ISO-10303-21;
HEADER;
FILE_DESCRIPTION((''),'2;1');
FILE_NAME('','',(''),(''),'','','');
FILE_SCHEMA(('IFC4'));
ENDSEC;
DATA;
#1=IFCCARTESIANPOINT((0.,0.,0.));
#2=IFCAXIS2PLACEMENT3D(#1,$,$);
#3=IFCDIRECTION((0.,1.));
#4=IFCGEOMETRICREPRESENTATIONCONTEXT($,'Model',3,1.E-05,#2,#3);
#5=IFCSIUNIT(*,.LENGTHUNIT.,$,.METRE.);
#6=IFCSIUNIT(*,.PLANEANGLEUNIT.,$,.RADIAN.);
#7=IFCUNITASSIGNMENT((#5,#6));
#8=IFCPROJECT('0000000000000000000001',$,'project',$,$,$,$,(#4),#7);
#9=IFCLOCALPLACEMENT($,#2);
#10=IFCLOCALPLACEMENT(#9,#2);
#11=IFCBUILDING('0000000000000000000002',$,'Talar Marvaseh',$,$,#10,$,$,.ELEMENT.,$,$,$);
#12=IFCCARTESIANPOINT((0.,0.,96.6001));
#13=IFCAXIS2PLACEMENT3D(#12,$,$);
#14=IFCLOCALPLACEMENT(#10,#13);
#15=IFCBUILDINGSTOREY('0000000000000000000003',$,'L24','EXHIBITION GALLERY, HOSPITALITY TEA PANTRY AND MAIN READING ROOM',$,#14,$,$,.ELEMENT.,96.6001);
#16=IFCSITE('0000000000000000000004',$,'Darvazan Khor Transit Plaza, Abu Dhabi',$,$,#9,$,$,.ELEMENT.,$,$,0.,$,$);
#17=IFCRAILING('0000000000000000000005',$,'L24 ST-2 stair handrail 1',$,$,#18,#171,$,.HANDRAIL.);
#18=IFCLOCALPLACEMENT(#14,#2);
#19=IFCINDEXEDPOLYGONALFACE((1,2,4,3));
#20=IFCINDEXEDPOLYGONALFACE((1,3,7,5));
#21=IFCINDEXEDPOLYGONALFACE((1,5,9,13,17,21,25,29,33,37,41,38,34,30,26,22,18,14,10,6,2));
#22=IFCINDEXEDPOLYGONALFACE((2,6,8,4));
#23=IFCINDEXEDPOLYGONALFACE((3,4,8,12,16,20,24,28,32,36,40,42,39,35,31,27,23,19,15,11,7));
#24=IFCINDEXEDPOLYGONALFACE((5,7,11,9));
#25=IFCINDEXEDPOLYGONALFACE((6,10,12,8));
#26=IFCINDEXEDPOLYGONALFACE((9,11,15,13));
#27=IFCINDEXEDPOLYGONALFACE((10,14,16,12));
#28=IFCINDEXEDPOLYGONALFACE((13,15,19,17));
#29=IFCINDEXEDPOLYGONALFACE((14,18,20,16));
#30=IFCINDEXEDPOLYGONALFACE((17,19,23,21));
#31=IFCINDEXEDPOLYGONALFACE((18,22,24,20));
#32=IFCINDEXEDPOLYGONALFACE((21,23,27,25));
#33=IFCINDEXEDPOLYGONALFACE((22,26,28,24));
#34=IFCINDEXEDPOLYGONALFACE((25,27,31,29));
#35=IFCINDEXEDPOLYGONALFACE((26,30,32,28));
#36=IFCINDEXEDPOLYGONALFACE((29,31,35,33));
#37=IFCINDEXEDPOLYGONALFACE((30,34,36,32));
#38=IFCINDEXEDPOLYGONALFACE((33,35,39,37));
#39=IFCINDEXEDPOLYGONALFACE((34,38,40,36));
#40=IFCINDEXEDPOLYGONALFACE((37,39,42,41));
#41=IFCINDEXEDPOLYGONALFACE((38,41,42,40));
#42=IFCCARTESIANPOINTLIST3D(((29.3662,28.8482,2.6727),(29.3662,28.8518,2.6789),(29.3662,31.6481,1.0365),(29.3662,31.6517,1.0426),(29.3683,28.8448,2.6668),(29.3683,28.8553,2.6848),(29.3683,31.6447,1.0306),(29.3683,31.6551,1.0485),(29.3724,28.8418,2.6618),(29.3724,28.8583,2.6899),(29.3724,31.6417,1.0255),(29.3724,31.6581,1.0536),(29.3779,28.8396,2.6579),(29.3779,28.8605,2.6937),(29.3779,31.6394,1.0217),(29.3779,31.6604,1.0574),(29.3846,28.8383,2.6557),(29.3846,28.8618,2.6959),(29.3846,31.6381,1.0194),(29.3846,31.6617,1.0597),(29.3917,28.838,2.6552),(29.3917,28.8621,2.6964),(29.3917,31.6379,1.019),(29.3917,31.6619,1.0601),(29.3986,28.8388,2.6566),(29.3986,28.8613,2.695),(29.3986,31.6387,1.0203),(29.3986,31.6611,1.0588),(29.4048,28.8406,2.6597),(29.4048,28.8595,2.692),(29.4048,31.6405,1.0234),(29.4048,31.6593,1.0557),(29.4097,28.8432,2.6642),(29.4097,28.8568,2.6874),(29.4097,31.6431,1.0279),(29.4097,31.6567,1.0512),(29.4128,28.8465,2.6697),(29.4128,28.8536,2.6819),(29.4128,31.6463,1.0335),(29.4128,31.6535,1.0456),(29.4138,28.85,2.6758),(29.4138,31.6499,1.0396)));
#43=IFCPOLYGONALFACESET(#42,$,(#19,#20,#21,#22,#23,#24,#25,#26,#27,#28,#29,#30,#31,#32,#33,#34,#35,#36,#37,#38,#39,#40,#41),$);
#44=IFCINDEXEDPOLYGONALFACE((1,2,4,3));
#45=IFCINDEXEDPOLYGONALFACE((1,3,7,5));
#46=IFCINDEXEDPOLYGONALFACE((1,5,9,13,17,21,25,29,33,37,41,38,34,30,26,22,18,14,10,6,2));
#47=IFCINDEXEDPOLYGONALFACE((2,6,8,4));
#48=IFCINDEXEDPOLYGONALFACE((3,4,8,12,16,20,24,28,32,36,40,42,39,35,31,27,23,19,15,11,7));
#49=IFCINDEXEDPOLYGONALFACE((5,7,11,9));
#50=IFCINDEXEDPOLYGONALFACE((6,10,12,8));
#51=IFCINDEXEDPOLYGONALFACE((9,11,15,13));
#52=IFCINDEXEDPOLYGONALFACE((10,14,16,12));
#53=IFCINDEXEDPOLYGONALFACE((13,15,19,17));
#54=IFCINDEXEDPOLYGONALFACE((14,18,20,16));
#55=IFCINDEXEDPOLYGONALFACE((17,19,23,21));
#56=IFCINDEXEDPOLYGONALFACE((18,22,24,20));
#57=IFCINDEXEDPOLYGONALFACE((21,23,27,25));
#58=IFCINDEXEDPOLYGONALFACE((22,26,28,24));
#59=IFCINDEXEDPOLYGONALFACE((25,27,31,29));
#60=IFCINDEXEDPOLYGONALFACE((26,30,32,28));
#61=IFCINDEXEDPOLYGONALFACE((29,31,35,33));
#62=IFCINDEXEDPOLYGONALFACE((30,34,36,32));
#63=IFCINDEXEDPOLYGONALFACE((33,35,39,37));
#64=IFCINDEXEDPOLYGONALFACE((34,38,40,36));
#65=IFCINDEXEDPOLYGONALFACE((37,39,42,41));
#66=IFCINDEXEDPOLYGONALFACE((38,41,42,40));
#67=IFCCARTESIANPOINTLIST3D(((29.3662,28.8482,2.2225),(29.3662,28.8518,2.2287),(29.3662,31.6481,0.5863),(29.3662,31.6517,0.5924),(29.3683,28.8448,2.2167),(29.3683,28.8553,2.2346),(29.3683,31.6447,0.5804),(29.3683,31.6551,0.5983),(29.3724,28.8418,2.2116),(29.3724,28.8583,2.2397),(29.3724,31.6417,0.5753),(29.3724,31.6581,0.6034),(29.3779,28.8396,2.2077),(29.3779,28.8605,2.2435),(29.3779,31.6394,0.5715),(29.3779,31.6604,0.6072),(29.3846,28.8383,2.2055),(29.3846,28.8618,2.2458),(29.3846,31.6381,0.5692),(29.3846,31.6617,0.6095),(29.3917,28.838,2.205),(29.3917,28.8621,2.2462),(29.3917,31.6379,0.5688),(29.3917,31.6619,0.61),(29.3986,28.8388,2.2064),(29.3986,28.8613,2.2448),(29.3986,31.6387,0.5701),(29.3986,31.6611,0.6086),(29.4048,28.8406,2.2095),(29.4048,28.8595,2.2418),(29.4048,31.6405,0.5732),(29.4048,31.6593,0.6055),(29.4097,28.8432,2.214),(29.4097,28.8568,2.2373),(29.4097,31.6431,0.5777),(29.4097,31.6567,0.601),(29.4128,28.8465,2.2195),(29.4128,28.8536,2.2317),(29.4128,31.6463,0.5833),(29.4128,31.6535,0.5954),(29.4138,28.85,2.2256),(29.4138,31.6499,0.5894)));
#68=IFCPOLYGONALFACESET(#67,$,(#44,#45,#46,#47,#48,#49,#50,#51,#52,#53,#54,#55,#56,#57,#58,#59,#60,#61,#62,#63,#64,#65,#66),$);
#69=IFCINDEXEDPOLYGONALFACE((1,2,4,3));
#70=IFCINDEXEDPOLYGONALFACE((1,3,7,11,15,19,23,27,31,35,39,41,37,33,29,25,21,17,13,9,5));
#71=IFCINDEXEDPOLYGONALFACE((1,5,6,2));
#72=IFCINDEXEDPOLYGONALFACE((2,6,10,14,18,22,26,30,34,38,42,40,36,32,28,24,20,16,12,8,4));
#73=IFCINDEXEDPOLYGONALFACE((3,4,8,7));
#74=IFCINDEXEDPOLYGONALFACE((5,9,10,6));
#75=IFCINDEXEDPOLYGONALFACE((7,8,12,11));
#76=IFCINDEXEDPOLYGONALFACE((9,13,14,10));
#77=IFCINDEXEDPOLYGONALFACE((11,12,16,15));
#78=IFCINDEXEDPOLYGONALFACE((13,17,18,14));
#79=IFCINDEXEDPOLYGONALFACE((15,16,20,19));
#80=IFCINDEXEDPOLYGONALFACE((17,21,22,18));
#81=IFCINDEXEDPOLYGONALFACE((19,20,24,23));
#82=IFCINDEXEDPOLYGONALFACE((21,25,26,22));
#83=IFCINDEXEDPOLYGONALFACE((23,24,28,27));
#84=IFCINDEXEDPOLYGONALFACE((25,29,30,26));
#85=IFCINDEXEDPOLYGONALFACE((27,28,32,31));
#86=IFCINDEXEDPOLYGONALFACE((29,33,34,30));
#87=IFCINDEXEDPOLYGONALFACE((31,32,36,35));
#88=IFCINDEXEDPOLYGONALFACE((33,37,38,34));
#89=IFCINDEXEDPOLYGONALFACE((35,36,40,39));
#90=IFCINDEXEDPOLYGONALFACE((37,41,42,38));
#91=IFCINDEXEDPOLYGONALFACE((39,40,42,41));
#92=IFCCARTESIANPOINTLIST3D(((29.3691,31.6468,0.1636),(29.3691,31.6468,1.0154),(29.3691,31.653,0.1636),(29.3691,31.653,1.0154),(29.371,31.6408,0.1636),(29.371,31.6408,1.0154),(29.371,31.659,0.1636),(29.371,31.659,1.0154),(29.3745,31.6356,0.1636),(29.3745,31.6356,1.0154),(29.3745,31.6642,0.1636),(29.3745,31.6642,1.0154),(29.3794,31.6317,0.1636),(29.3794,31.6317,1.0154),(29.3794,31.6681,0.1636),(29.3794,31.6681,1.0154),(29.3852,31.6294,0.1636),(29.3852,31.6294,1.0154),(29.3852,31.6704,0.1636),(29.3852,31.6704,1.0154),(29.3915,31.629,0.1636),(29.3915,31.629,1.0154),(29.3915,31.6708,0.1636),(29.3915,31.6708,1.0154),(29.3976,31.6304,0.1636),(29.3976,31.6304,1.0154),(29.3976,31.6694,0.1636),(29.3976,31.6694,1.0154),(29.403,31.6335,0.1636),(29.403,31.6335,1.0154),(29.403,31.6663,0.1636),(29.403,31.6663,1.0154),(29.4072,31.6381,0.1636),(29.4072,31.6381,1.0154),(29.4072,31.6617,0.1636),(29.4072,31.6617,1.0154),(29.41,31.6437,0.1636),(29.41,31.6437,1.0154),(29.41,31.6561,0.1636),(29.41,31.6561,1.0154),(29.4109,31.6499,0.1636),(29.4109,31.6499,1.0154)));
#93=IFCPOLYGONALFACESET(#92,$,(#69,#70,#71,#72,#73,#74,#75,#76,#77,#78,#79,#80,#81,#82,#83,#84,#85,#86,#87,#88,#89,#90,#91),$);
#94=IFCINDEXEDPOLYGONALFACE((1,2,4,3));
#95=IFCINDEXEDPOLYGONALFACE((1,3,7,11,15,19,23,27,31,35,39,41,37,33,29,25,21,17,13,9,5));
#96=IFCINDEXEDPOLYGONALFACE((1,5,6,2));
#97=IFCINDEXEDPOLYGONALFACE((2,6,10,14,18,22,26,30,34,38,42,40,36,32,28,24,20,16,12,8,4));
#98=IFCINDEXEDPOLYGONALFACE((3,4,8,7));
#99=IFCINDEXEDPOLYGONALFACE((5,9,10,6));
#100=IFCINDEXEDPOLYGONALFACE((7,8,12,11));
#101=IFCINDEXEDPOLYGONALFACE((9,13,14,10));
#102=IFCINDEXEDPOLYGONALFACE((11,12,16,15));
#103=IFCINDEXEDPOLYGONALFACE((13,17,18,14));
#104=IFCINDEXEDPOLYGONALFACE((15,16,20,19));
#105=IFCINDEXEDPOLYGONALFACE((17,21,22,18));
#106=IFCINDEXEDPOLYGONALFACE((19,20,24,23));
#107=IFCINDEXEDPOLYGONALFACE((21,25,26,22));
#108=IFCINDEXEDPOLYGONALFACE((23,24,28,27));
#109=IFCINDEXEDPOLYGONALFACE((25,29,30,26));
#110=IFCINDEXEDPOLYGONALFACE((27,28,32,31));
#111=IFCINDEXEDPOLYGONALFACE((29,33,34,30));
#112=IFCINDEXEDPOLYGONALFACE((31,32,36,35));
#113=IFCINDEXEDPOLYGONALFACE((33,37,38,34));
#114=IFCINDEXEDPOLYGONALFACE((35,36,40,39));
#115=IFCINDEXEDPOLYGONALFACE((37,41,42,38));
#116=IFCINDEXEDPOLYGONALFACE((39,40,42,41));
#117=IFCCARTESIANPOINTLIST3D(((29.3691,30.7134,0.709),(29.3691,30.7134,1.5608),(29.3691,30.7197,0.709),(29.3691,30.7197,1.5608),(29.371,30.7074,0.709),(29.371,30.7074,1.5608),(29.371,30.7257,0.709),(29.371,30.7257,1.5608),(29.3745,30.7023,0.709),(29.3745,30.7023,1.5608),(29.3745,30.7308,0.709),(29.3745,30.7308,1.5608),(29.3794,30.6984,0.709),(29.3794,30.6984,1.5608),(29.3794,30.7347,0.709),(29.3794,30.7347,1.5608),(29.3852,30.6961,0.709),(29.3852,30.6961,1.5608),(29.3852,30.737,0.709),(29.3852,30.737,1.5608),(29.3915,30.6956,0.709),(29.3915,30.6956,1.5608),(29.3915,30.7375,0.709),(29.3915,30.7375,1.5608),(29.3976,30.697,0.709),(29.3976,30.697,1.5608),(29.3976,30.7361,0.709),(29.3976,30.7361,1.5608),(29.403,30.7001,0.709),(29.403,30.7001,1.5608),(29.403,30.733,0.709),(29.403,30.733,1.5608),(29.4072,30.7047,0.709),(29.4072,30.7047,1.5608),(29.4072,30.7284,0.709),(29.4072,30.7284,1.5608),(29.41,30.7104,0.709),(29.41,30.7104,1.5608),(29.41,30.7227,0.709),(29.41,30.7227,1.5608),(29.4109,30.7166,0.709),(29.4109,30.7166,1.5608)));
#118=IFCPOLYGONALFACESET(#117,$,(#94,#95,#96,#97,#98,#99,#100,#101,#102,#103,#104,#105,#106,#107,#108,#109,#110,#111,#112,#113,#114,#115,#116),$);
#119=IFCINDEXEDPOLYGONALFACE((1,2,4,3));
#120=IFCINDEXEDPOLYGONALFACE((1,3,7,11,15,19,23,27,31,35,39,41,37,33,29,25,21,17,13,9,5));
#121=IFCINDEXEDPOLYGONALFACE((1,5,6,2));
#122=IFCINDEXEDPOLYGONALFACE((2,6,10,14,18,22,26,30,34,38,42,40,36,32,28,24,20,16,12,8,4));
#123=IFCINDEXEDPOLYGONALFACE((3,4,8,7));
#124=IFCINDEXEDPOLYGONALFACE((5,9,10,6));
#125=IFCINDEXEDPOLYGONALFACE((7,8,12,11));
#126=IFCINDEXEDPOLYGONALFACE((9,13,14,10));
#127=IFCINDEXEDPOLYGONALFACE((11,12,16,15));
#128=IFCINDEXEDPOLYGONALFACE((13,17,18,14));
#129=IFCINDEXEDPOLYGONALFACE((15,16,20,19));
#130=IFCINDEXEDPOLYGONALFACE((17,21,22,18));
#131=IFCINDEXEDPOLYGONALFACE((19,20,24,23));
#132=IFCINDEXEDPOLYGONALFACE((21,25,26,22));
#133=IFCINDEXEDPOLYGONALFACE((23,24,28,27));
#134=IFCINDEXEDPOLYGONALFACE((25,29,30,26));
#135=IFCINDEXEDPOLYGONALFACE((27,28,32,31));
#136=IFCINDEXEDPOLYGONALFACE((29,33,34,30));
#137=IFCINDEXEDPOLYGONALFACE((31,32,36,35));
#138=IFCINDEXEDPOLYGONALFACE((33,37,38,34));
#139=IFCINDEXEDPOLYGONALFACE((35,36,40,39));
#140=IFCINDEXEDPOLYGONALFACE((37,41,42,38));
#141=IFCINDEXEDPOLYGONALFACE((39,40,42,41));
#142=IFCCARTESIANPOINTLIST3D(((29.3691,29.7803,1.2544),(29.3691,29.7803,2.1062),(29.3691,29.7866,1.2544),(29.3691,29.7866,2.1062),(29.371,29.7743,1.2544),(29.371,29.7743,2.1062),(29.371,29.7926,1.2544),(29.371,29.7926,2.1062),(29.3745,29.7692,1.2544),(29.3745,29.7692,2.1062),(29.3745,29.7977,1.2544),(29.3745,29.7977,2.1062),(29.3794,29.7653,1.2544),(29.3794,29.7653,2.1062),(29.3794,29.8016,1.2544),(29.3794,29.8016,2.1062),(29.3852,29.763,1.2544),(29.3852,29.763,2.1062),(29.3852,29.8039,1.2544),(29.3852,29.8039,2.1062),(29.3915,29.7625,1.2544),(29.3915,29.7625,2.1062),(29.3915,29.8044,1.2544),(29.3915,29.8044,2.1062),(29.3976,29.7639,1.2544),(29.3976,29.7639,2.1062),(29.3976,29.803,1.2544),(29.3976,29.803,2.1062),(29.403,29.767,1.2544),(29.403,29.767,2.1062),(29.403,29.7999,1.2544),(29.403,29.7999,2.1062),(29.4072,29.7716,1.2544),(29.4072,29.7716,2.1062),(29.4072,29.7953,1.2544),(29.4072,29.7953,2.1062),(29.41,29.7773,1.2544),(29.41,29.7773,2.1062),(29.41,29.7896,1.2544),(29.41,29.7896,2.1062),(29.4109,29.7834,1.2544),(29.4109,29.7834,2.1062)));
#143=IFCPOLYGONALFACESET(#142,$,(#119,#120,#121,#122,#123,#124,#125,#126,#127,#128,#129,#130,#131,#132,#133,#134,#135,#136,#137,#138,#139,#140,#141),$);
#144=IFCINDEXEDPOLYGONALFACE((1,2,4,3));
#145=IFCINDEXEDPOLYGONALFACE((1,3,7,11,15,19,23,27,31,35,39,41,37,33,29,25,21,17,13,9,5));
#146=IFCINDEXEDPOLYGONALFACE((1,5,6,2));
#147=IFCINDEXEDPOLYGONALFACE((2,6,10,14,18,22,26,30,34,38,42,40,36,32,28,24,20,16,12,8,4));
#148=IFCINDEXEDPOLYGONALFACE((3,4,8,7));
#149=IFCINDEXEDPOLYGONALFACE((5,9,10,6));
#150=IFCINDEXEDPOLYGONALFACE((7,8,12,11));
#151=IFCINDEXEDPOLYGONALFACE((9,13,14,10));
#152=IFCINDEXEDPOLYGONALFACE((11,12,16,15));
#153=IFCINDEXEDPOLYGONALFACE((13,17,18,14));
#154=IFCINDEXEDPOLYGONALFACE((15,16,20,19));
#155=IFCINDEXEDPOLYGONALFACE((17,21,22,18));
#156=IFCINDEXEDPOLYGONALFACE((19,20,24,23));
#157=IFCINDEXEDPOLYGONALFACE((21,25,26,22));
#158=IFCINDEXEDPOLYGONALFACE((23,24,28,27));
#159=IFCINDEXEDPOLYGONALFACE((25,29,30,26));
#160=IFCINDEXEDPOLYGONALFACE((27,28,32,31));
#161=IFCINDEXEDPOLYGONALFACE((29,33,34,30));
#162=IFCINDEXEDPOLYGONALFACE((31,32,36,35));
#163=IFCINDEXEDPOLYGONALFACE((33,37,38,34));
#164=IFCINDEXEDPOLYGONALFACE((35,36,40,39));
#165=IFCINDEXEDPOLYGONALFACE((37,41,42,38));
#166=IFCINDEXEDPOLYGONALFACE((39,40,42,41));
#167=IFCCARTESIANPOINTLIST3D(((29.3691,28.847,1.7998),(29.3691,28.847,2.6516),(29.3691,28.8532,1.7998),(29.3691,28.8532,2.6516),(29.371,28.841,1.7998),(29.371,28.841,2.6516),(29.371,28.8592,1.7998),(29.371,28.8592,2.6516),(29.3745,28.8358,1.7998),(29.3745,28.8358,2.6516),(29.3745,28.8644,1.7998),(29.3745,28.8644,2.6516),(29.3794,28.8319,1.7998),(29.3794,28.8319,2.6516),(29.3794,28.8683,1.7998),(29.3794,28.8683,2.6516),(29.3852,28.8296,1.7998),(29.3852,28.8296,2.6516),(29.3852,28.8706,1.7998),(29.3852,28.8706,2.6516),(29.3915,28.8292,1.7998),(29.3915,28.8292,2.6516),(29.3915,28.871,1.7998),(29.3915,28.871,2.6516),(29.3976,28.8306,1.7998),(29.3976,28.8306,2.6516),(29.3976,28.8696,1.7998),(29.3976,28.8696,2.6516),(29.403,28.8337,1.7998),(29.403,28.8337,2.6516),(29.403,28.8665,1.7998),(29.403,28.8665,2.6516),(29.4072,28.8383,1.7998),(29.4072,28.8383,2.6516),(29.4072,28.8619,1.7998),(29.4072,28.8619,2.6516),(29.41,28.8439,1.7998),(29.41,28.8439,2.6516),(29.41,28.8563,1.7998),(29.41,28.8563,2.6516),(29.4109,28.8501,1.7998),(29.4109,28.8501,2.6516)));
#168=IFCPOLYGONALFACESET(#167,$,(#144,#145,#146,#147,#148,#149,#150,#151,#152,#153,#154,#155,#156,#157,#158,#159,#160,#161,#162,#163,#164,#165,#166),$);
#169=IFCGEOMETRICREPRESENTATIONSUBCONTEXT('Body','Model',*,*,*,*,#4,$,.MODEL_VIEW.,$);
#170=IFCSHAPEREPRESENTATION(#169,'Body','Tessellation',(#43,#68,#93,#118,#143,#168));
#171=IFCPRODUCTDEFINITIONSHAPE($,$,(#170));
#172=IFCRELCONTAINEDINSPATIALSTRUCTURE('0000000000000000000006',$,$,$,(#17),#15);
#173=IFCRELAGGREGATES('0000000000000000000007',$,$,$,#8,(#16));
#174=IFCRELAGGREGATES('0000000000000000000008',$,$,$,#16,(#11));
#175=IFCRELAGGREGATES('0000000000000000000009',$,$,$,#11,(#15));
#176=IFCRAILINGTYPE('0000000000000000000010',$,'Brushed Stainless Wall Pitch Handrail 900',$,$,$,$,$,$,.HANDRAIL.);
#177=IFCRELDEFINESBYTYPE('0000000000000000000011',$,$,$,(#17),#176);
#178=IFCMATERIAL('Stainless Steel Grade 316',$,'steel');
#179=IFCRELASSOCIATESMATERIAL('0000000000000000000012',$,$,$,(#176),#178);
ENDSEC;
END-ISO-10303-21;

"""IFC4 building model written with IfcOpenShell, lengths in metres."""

from ifc_helpers import new_model, si_unit, direction, frame, origin, origin_2d, place, context, subcontext, project, spatial, circle, extrude, material, type_object, element, save


model = new_model("IFC4")

# Units and contexts
model_context = context("Model", 3, precision=1e-05, world=origin(), true_north=direction((0.0, 1.0)))
body_context = subcontext(model_context, "Body", "Model", "MODEL_VIEW")
ifc_project = project(units=[si_unit("LENGTHUNIT", "METRE"), si_unit("PLANEANGLEUNIT", "RADIAN")], contexts=[model_context])

# Site, building, storey
site_placement = place(None, origin())
site = spatial("IfcSite", under=ifc_project, at=site_placement, Name="Darvazan Khor Transit Plaza, Abu Dhabi", CompositionType="ELEMENT", RefElevation=0.0)
building_placement = place(site_placement, origin())
building = spatial("IfcBuilding", under=site, at=building_placement, Name="Talar Marvaseh", CompositionType="ELEMENT")
storey_placement = place(building_placement, frame((0.0, 0.0, 96.6001)))
storey = spatial("IfcBuildingStorey", under=building, at=storey_placement, Name="L24", Description="EXHIBITION GALLERY, HOSPITALITY TEA PANTRY AND MAIN READING ROOM", CompositionType="ELEMENT", Elevation=96.6001)

# Shared definitions
ifc_material_1 = material(Name="Stainless Steel Grade 316", Category="steel")

# Railing
railing_type_1 = type_object("IfcRailingType", Name="Brushed Stainless Wall Pitch Handrail 900", PredefinedType="HANDRAIL", material=ifc_material_1)
railing_1_placement = place(storey_placement, frame((29.3899, 31.6499, 0.1636)))
element("IfcRailing", 1, at=railing_1_placement, inside=storey, type_object=railing_type_1, Name="L24 ST-2 stair handrail 1", PredefinedType="HANDRAIL", context=body_context, shape_type="SweptSolid", body=[
    extrude(circle(Radius=0.0239, at=origin_2d()), frame((0.0, 0.0, 0.876), z_axis=(0.0, -0.863374, 0.504564), x_axis=(1.0, 0.0, 0.0)), (0.0, 0.0, 1.0), 3.2429),
    extrude(circle(Radius=0.0239, at=origin_2d()), frame((0.0, 0.0, 0.4258), z_axis=(0.0, -0.863374, 0.504564), x_axis=(1.0, 0.0, 0.0)), (0.0, 0.0, 1.0), 3.2429),
    extrude(circle(Radius=0.021, at=origin_2d()), origin(), (0.0, 0.0, 1.0), 0.8518),
    extrude(circle(Radius=0.021, at=origin_2d()), frame((0.0, -0.9333, 0.5454)), (0.0, 0.0, 1.0), 0.8518),
    extrude(circle(Radius=0.021, at=origin_2d()), frame((0.0, -1.8665, 1.0908)), (0.0, 0.0, 1.0), 0.8518),
    extrude(circle(Radius=0.021, at=origin_2d()), frame((0.0, -2.7998, 1.6362)), (0.0, 0.0, 1.0), 0.8518),
])

save(model, "model.ifc")
